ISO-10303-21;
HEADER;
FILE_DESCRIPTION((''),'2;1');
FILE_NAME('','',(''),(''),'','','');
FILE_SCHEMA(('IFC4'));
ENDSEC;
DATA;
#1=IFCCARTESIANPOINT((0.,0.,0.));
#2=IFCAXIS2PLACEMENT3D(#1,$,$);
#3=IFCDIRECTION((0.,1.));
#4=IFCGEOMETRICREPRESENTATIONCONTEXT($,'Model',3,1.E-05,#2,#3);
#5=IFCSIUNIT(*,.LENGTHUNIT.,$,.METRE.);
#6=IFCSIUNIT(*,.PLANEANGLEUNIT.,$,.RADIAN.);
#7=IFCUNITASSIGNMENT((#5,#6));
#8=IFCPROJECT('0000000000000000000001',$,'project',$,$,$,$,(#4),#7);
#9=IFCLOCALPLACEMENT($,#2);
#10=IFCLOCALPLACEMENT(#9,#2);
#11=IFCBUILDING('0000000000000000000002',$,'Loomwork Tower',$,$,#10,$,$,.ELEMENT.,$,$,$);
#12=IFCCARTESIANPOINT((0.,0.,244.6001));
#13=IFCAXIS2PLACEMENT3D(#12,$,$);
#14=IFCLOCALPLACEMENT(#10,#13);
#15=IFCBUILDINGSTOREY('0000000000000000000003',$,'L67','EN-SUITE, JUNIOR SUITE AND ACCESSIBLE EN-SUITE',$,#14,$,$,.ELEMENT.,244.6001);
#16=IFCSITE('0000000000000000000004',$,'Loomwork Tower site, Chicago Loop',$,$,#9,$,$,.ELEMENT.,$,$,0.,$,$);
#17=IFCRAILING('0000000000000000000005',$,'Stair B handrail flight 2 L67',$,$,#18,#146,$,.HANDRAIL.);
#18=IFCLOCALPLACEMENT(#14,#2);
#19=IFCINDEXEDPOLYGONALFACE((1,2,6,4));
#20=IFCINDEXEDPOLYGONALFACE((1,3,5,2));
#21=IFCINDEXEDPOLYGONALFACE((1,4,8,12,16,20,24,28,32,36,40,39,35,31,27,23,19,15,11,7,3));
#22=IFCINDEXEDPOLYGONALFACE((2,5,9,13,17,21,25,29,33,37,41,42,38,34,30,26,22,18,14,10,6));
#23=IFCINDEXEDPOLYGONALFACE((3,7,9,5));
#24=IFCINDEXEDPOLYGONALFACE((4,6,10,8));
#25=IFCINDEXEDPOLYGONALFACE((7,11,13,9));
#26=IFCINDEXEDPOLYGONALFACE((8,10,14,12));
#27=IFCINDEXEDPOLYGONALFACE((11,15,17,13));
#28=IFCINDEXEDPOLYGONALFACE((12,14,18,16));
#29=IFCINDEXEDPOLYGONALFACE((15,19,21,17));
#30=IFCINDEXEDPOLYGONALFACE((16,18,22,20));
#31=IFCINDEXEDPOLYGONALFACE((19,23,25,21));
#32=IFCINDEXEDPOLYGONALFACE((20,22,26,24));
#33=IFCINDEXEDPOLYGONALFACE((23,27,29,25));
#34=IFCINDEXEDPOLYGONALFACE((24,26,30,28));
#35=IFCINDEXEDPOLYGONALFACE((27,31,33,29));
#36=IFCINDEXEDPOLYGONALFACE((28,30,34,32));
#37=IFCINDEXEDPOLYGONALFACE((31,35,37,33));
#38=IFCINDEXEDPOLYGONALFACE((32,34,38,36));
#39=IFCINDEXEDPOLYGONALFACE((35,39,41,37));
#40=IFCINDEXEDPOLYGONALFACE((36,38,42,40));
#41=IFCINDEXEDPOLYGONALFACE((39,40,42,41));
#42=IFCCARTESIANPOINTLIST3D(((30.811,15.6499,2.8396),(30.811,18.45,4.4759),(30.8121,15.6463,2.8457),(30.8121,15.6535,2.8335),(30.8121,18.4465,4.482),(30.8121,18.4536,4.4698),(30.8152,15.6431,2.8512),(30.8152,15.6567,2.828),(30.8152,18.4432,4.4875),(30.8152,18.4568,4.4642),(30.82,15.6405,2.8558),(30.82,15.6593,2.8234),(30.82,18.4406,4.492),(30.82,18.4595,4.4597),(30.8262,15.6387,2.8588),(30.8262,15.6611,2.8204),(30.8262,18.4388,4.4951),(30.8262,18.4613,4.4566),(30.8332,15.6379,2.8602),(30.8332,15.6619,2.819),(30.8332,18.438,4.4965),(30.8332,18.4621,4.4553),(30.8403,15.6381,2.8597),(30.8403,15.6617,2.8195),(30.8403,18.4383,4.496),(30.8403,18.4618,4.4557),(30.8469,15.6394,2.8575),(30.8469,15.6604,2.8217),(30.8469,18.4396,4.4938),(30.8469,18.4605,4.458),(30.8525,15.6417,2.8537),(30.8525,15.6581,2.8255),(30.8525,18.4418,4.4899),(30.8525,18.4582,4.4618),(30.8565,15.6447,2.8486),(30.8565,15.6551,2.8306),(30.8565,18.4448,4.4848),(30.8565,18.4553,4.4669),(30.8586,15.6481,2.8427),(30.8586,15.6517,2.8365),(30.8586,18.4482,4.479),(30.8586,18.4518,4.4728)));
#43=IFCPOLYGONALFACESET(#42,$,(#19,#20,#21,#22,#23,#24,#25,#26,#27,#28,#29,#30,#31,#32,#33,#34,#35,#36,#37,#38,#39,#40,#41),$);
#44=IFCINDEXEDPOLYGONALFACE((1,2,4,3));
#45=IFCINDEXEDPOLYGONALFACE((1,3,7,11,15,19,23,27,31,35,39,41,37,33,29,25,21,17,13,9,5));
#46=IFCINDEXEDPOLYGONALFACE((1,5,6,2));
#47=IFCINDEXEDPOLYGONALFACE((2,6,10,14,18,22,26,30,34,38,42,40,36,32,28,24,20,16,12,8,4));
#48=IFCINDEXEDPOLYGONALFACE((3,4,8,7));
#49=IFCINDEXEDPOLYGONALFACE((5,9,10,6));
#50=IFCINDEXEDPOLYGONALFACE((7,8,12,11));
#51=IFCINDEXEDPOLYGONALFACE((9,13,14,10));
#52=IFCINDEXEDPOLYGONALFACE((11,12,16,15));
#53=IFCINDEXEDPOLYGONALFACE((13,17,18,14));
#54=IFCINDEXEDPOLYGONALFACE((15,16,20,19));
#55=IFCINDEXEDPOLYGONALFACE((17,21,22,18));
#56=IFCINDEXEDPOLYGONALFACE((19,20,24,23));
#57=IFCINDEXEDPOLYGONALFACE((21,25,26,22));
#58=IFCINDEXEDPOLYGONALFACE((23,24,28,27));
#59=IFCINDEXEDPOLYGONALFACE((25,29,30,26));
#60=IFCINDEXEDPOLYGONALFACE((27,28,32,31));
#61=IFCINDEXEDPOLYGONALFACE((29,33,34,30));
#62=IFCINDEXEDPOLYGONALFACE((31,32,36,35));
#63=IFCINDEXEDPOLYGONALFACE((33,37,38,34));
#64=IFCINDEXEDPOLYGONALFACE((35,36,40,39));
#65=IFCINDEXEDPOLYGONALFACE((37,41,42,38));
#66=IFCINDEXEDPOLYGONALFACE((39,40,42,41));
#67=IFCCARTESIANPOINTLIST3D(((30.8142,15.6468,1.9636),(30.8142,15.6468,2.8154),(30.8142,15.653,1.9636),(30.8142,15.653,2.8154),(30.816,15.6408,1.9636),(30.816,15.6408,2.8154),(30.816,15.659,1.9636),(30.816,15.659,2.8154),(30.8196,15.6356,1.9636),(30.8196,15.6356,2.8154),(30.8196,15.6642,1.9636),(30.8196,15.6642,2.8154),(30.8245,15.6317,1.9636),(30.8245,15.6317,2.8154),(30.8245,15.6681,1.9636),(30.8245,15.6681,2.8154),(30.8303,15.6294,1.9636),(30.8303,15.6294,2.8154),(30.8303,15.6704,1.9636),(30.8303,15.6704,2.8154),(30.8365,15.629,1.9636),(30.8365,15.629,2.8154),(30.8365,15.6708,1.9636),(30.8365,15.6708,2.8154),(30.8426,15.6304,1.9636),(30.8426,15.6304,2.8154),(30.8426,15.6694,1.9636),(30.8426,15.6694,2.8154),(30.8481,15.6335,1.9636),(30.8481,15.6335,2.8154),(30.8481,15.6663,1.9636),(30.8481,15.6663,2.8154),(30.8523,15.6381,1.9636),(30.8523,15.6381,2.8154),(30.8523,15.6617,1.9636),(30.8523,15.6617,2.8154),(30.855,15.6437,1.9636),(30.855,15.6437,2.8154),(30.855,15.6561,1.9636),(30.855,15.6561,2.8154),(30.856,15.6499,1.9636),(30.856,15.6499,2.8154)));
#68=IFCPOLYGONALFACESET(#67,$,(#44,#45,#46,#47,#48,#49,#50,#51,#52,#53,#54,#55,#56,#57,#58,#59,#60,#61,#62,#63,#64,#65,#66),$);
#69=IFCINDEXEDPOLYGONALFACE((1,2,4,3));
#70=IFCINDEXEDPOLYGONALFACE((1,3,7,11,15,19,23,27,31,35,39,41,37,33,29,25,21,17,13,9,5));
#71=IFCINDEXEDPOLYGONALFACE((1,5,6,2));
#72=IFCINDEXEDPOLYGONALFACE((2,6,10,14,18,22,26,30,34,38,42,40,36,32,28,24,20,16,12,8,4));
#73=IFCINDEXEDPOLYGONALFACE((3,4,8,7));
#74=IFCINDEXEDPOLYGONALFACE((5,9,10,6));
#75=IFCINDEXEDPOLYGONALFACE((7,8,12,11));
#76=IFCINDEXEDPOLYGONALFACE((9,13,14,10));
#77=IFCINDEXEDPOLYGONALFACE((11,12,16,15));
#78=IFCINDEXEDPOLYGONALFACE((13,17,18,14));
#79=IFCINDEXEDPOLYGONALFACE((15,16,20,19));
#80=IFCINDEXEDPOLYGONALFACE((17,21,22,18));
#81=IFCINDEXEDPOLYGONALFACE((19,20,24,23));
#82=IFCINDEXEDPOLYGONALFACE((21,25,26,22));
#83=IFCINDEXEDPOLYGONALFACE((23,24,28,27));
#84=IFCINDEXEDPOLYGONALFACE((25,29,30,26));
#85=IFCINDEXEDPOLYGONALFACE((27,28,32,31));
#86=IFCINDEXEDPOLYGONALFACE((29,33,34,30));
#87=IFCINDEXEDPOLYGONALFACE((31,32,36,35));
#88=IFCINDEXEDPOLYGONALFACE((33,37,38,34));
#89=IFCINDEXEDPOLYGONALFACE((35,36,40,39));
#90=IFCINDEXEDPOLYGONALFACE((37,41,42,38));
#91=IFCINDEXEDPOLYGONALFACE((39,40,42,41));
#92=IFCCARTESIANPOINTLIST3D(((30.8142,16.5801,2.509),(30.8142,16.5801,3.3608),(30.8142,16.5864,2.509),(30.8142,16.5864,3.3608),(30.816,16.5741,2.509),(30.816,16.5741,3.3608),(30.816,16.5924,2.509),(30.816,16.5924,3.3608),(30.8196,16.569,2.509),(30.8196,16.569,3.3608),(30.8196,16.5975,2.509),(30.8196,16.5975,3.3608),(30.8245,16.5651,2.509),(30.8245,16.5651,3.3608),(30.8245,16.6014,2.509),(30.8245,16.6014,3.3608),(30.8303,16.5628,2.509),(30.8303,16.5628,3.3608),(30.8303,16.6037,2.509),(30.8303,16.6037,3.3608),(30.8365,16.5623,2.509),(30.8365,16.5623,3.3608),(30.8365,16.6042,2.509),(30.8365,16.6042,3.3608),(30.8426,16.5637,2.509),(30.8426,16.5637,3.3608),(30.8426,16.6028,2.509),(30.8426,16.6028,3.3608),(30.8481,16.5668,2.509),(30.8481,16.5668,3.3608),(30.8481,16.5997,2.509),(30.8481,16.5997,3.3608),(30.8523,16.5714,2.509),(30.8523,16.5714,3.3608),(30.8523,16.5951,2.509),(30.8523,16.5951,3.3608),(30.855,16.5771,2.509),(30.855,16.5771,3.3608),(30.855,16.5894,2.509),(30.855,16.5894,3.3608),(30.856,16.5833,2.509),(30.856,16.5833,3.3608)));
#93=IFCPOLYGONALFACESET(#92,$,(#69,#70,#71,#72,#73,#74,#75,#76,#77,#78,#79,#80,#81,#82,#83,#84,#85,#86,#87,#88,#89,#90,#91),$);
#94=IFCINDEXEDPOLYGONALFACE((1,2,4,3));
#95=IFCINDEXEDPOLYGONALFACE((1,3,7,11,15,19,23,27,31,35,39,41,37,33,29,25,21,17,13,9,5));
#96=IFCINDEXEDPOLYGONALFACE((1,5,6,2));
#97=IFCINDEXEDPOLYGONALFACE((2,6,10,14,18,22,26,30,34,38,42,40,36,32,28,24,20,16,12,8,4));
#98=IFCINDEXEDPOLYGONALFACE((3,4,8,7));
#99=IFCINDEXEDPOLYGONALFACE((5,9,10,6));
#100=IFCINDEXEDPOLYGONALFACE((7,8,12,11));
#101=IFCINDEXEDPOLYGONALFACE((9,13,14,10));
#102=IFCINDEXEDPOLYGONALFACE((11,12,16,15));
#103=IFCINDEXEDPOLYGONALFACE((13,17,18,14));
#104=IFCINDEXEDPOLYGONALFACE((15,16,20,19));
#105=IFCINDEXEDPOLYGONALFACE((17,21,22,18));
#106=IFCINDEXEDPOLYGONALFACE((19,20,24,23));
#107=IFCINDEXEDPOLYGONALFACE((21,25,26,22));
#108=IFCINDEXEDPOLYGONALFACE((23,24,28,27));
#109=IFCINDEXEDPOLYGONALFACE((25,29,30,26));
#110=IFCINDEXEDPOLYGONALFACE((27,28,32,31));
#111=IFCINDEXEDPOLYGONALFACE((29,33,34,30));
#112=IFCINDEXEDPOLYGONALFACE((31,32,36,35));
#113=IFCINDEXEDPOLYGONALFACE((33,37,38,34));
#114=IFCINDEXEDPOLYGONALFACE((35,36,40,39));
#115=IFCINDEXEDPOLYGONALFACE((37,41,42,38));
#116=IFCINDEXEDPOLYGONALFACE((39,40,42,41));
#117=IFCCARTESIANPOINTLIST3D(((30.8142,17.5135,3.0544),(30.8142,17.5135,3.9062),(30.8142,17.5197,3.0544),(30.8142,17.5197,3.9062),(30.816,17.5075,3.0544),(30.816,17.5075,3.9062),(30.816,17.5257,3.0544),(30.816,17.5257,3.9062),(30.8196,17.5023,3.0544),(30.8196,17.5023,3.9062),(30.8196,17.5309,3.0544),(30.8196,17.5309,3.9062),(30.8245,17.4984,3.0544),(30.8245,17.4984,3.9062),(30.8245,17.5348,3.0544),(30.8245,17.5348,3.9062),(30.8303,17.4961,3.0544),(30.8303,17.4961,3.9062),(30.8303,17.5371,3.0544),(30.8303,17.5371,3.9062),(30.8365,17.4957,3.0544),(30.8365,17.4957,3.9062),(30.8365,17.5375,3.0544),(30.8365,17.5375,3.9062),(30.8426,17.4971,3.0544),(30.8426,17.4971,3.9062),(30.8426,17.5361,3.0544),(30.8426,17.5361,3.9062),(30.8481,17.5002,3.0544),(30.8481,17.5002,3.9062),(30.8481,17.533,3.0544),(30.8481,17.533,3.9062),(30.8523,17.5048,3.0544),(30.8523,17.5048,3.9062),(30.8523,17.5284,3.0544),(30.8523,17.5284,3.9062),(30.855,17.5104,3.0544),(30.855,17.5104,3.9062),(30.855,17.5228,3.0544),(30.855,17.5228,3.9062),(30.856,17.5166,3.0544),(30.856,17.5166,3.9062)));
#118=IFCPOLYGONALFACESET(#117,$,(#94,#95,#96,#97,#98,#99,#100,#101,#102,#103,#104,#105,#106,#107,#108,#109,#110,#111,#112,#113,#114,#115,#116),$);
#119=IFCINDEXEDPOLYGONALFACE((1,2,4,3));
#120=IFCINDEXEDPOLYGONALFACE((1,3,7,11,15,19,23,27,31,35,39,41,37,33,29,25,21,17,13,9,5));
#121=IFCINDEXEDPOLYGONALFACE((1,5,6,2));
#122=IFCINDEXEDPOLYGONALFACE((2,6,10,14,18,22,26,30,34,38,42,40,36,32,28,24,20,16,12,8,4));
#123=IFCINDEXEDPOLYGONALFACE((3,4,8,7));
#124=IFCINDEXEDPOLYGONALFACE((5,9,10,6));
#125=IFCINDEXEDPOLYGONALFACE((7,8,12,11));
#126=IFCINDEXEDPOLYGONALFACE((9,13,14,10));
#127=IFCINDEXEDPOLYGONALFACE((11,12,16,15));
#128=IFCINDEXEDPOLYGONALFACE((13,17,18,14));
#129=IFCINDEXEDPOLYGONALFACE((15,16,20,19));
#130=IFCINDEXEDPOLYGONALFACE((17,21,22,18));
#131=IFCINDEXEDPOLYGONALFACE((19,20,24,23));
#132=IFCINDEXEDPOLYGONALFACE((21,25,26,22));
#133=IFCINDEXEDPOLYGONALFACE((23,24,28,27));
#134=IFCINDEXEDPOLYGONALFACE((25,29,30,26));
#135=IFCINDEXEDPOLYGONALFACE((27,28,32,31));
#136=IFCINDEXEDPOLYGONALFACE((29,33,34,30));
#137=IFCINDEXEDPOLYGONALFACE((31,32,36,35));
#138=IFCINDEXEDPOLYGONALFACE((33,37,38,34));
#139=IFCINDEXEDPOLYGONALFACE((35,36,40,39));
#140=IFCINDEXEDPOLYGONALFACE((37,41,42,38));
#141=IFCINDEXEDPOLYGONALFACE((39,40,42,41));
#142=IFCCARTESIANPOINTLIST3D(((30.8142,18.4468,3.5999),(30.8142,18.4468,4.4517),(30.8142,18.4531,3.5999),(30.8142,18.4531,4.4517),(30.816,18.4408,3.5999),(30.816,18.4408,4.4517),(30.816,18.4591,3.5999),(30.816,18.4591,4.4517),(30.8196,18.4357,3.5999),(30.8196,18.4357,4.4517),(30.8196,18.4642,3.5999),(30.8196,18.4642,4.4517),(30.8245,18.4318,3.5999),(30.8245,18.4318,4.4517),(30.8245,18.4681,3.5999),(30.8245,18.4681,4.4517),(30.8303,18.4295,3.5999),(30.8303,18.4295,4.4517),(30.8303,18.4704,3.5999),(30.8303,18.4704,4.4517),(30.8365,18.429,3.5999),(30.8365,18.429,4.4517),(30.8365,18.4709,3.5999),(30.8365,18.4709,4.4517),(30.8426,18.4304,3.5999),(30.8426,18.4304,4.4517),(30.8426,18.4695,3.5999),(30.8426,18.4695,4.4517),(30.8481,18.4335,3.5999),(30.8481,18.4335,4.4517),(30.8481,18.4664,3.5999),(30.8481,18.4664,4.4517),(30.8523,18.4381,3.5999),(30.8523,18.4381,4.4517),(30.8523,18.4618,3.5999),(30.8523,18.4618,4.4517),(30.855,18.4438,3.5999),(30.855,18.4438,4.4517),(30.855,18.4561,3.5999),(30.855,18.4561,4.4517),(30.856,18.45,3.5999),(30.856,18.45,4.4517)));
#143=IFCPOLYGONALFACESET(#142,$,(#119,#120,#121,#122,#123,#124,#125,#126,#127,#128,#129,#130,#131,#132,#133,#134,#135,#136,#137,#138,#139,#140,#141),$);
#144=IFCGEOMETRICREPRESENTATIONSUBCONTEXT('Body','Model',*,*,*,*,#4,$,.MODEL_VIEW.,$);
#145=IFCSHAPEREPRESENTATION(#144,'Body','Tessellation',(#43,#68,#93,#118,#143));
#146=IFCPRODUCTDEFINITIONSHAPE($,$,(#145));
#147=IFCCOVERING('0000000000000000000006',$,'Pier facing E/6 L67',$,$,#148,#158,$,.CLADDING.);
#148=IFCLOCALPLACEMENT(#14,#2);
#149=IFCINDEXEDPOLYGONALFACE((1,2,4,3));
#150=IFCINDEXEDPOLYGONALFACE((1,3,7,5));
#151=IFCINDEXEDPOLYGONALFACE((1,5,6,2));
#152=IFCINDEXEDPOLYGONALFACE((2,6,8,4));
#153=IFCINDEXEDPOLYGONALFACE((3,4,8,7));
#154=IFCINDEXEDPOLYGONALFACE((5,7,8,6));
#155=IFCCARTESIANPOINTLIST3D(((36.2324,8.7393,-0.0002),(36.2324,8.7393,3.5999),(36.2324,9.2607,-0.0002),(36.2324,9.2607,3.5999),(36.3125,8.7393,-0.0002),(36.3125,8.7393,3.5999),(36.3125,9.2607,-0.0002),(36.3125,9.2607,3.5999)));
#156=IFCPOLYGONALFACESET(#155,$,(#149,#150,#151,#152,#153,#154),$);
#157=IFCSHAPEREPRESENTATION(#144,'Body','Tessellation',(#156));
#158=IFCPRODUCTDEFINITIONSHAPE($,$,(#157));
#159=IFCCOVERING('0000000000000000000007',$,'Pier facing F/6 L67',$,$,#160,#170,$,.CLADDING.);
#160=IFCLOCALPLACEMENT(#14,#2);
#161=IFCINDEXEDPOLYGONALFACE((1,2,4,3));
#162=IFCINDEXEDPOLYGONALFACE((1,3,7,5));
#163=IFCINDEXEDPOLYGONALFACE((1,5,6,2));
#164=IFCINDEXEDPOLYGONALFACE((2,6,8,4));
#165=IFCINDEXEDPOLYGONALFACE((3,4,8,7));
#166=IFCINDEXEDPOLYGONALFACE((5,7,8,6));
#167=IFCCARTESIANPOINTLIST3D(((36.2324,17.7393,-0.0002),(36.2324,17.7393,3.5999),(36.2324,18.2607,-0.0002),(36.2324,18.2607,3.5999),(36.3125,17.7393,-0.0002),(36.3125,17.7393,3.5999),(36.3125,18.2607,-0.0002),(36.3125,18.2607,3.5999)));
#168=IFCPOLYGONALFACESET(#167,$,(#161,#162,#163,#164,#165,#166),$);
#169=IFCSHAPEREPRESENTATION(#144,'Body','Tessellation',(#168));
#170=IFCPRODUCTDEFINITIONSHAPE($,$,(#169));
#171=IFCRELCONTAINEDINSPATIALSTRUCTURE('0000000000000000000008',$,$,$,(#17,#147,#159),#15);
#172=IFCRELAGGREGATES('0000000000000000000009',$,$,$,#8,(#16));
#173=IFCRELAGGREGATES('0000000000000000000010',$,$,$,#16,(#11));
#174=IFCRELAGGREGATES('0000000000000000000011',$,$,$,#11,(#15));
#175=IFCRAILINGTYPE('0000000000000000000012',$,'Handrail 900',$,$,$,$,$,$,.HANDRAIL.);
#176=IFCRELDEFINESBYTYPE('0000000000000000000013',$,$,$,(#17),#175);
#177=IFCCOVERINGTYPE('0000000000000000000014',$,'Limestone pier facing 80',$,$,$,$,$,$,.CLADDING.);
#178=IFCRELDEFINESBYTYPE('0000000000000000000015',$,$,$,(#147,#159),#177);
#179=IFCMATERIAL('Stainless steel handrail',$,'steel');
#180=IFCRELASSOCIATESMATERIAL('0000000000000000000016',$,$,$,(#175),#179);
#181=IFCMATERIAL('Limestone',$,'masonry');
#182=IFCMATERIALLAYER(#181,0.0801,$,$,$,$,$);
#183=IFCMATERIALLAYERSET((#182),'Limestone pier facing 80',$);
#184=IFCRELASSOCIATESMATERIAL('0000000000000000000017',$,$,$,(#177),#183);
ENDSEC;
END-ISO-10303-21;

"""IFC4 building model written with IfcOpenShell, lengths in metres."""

from ifc_helpers import new_model, si_unit, direction, frame, origin, origin_2d, place, context, subcontext, project, spatial, rectangle, circle, extrude, material, layer, layer_set, type_object, element, save


model = new_model("IFC4")

# Units and contexts
model_context = context("Model", 3, precision=1e-05, world=origin(), true_north=direction((0.0, 1.0)))
body_context = subcontext(model_context, "Body", "Model", "MODEL_VIEW")
ifc_project = project(units=[si_unit("LENGTHUNIT", "METRE"), si_unit("PLANEANGLEUNIT", "RADIAN")], contexts=[model_context])

# Site, building, storey
site_placement = place(None, origin())
site = spatial("IfcSite", under=ifc_project, at=site_placement, Name="Loomwork Tower site, Chicago Loop", CompositionType="ELEMENT", RefElevation=0.0)
building_placement = place(site_placement, origin())
building = spatial("IfcBuilding", under=site, at=building_placement, Name="Loomwork Tower", CompositionType="ELEMENT")
storey_placement = place(building_placement, frame((0.0, 0.0, 244.6001)))
storey = spatial("IfcBuildingStorey", under=building, at=storey_placement, Name="L67", Description="EN-SUITE, JUNIOR SUITE AND ACCESSIBLE EN-SUITE", CompositionType="ELEMENT", Elevation=244.6001)

# Railing
ifc_material_1 = material(Name="Stainless steel handrail", Category="steel")
railing_type = type_object("IfcRailingType", Name="Handrail 900", PredefinedType="HANDRAIL", material=ifc_material_1)
railing_placement = place(storey_placement, frame((30.835, 15.6499, 1.9636)))
element("IfcRailing", 1, at=railing_placement, inside=storey, type_object=railing_type, Name="Stair B handrail flight 2 L67", PredefinedType="HANDRAIL", context=body_context, shape_type="SweptSolid", body=[
    extrude(circle(Radius=0.0239, at=origin_2d()), frame((0.0, 0.0, 0.876), z_axis=(0.0, 0.863394, 0.504531), x_axis=(-1.0, 0.0, 0.0)), (0.0, 0.0, 1.0), 3.2432),
    extrude(circle(Radius=0.021, at=origin_2d()), origin(), (0.0, 0.0, 1.0), 0.8518),
    extrude(circle(Radius=0.021, at=origin_2d()), frame((0.0, 0.9333, 0.5454)), (0.0, 0.0, 1.0), 0.8518),
    extrude(circle(Radius=0.021, at=origin_2d()), frame((0.0, 1.8667, 1.0908)), (0.0, 0.0, 1.0), 0.8518),
    extrude(circle(Radius=0.021, at=origin_2d()), frame((0.0, 2.8, 1.6362)), (0.0, 0.0, 1.0), 0.8518),
])

# Coverings
ifc_material_2 = material(Name="Limestone", Category="masonry")
ifc_layer_1 = layer(ifc_material_2, 0.0801)
ifc_layer_set_1 = layer_set([ifc_layer_1], Name="Limestone pier facing 80")
covering_type = type_object("IfcCoveringType", Name="Limestone pier facing 80", PredefinedType="CLADDING", material=ifc_layer_set_1)
for number, where, z_axis, x_axis, name in (
    (2, (36.2725, 9.0, -0.0002), (0.0, 0.0, 1.0), (1.0, 0.0, 0.0), "Pier facing E/6 L67"),
    (3, (36.2725, 18.0, -0.0002), (0.0, 0.0, 1.0), (1.0, 0.0, 0.0), "Pier facing F/6 L67"),
):
    element("IfcCovering", number, at=place(storey_placement, frame(where, z_axis=z_axis, x_axis=x_axis)), inside=storey, type_object=covering_type, Name=name, PredefinedType="CLADDING", context=body_context, shape_type="SweptSolid", body=[
        extrude(rectangle(XDim=0.0801, YDim=0.5215, at=origin_2d()), origin(), (0.0, 0.0, 1.0), 3.6001),
    ])

save(model, "model.ifc")
